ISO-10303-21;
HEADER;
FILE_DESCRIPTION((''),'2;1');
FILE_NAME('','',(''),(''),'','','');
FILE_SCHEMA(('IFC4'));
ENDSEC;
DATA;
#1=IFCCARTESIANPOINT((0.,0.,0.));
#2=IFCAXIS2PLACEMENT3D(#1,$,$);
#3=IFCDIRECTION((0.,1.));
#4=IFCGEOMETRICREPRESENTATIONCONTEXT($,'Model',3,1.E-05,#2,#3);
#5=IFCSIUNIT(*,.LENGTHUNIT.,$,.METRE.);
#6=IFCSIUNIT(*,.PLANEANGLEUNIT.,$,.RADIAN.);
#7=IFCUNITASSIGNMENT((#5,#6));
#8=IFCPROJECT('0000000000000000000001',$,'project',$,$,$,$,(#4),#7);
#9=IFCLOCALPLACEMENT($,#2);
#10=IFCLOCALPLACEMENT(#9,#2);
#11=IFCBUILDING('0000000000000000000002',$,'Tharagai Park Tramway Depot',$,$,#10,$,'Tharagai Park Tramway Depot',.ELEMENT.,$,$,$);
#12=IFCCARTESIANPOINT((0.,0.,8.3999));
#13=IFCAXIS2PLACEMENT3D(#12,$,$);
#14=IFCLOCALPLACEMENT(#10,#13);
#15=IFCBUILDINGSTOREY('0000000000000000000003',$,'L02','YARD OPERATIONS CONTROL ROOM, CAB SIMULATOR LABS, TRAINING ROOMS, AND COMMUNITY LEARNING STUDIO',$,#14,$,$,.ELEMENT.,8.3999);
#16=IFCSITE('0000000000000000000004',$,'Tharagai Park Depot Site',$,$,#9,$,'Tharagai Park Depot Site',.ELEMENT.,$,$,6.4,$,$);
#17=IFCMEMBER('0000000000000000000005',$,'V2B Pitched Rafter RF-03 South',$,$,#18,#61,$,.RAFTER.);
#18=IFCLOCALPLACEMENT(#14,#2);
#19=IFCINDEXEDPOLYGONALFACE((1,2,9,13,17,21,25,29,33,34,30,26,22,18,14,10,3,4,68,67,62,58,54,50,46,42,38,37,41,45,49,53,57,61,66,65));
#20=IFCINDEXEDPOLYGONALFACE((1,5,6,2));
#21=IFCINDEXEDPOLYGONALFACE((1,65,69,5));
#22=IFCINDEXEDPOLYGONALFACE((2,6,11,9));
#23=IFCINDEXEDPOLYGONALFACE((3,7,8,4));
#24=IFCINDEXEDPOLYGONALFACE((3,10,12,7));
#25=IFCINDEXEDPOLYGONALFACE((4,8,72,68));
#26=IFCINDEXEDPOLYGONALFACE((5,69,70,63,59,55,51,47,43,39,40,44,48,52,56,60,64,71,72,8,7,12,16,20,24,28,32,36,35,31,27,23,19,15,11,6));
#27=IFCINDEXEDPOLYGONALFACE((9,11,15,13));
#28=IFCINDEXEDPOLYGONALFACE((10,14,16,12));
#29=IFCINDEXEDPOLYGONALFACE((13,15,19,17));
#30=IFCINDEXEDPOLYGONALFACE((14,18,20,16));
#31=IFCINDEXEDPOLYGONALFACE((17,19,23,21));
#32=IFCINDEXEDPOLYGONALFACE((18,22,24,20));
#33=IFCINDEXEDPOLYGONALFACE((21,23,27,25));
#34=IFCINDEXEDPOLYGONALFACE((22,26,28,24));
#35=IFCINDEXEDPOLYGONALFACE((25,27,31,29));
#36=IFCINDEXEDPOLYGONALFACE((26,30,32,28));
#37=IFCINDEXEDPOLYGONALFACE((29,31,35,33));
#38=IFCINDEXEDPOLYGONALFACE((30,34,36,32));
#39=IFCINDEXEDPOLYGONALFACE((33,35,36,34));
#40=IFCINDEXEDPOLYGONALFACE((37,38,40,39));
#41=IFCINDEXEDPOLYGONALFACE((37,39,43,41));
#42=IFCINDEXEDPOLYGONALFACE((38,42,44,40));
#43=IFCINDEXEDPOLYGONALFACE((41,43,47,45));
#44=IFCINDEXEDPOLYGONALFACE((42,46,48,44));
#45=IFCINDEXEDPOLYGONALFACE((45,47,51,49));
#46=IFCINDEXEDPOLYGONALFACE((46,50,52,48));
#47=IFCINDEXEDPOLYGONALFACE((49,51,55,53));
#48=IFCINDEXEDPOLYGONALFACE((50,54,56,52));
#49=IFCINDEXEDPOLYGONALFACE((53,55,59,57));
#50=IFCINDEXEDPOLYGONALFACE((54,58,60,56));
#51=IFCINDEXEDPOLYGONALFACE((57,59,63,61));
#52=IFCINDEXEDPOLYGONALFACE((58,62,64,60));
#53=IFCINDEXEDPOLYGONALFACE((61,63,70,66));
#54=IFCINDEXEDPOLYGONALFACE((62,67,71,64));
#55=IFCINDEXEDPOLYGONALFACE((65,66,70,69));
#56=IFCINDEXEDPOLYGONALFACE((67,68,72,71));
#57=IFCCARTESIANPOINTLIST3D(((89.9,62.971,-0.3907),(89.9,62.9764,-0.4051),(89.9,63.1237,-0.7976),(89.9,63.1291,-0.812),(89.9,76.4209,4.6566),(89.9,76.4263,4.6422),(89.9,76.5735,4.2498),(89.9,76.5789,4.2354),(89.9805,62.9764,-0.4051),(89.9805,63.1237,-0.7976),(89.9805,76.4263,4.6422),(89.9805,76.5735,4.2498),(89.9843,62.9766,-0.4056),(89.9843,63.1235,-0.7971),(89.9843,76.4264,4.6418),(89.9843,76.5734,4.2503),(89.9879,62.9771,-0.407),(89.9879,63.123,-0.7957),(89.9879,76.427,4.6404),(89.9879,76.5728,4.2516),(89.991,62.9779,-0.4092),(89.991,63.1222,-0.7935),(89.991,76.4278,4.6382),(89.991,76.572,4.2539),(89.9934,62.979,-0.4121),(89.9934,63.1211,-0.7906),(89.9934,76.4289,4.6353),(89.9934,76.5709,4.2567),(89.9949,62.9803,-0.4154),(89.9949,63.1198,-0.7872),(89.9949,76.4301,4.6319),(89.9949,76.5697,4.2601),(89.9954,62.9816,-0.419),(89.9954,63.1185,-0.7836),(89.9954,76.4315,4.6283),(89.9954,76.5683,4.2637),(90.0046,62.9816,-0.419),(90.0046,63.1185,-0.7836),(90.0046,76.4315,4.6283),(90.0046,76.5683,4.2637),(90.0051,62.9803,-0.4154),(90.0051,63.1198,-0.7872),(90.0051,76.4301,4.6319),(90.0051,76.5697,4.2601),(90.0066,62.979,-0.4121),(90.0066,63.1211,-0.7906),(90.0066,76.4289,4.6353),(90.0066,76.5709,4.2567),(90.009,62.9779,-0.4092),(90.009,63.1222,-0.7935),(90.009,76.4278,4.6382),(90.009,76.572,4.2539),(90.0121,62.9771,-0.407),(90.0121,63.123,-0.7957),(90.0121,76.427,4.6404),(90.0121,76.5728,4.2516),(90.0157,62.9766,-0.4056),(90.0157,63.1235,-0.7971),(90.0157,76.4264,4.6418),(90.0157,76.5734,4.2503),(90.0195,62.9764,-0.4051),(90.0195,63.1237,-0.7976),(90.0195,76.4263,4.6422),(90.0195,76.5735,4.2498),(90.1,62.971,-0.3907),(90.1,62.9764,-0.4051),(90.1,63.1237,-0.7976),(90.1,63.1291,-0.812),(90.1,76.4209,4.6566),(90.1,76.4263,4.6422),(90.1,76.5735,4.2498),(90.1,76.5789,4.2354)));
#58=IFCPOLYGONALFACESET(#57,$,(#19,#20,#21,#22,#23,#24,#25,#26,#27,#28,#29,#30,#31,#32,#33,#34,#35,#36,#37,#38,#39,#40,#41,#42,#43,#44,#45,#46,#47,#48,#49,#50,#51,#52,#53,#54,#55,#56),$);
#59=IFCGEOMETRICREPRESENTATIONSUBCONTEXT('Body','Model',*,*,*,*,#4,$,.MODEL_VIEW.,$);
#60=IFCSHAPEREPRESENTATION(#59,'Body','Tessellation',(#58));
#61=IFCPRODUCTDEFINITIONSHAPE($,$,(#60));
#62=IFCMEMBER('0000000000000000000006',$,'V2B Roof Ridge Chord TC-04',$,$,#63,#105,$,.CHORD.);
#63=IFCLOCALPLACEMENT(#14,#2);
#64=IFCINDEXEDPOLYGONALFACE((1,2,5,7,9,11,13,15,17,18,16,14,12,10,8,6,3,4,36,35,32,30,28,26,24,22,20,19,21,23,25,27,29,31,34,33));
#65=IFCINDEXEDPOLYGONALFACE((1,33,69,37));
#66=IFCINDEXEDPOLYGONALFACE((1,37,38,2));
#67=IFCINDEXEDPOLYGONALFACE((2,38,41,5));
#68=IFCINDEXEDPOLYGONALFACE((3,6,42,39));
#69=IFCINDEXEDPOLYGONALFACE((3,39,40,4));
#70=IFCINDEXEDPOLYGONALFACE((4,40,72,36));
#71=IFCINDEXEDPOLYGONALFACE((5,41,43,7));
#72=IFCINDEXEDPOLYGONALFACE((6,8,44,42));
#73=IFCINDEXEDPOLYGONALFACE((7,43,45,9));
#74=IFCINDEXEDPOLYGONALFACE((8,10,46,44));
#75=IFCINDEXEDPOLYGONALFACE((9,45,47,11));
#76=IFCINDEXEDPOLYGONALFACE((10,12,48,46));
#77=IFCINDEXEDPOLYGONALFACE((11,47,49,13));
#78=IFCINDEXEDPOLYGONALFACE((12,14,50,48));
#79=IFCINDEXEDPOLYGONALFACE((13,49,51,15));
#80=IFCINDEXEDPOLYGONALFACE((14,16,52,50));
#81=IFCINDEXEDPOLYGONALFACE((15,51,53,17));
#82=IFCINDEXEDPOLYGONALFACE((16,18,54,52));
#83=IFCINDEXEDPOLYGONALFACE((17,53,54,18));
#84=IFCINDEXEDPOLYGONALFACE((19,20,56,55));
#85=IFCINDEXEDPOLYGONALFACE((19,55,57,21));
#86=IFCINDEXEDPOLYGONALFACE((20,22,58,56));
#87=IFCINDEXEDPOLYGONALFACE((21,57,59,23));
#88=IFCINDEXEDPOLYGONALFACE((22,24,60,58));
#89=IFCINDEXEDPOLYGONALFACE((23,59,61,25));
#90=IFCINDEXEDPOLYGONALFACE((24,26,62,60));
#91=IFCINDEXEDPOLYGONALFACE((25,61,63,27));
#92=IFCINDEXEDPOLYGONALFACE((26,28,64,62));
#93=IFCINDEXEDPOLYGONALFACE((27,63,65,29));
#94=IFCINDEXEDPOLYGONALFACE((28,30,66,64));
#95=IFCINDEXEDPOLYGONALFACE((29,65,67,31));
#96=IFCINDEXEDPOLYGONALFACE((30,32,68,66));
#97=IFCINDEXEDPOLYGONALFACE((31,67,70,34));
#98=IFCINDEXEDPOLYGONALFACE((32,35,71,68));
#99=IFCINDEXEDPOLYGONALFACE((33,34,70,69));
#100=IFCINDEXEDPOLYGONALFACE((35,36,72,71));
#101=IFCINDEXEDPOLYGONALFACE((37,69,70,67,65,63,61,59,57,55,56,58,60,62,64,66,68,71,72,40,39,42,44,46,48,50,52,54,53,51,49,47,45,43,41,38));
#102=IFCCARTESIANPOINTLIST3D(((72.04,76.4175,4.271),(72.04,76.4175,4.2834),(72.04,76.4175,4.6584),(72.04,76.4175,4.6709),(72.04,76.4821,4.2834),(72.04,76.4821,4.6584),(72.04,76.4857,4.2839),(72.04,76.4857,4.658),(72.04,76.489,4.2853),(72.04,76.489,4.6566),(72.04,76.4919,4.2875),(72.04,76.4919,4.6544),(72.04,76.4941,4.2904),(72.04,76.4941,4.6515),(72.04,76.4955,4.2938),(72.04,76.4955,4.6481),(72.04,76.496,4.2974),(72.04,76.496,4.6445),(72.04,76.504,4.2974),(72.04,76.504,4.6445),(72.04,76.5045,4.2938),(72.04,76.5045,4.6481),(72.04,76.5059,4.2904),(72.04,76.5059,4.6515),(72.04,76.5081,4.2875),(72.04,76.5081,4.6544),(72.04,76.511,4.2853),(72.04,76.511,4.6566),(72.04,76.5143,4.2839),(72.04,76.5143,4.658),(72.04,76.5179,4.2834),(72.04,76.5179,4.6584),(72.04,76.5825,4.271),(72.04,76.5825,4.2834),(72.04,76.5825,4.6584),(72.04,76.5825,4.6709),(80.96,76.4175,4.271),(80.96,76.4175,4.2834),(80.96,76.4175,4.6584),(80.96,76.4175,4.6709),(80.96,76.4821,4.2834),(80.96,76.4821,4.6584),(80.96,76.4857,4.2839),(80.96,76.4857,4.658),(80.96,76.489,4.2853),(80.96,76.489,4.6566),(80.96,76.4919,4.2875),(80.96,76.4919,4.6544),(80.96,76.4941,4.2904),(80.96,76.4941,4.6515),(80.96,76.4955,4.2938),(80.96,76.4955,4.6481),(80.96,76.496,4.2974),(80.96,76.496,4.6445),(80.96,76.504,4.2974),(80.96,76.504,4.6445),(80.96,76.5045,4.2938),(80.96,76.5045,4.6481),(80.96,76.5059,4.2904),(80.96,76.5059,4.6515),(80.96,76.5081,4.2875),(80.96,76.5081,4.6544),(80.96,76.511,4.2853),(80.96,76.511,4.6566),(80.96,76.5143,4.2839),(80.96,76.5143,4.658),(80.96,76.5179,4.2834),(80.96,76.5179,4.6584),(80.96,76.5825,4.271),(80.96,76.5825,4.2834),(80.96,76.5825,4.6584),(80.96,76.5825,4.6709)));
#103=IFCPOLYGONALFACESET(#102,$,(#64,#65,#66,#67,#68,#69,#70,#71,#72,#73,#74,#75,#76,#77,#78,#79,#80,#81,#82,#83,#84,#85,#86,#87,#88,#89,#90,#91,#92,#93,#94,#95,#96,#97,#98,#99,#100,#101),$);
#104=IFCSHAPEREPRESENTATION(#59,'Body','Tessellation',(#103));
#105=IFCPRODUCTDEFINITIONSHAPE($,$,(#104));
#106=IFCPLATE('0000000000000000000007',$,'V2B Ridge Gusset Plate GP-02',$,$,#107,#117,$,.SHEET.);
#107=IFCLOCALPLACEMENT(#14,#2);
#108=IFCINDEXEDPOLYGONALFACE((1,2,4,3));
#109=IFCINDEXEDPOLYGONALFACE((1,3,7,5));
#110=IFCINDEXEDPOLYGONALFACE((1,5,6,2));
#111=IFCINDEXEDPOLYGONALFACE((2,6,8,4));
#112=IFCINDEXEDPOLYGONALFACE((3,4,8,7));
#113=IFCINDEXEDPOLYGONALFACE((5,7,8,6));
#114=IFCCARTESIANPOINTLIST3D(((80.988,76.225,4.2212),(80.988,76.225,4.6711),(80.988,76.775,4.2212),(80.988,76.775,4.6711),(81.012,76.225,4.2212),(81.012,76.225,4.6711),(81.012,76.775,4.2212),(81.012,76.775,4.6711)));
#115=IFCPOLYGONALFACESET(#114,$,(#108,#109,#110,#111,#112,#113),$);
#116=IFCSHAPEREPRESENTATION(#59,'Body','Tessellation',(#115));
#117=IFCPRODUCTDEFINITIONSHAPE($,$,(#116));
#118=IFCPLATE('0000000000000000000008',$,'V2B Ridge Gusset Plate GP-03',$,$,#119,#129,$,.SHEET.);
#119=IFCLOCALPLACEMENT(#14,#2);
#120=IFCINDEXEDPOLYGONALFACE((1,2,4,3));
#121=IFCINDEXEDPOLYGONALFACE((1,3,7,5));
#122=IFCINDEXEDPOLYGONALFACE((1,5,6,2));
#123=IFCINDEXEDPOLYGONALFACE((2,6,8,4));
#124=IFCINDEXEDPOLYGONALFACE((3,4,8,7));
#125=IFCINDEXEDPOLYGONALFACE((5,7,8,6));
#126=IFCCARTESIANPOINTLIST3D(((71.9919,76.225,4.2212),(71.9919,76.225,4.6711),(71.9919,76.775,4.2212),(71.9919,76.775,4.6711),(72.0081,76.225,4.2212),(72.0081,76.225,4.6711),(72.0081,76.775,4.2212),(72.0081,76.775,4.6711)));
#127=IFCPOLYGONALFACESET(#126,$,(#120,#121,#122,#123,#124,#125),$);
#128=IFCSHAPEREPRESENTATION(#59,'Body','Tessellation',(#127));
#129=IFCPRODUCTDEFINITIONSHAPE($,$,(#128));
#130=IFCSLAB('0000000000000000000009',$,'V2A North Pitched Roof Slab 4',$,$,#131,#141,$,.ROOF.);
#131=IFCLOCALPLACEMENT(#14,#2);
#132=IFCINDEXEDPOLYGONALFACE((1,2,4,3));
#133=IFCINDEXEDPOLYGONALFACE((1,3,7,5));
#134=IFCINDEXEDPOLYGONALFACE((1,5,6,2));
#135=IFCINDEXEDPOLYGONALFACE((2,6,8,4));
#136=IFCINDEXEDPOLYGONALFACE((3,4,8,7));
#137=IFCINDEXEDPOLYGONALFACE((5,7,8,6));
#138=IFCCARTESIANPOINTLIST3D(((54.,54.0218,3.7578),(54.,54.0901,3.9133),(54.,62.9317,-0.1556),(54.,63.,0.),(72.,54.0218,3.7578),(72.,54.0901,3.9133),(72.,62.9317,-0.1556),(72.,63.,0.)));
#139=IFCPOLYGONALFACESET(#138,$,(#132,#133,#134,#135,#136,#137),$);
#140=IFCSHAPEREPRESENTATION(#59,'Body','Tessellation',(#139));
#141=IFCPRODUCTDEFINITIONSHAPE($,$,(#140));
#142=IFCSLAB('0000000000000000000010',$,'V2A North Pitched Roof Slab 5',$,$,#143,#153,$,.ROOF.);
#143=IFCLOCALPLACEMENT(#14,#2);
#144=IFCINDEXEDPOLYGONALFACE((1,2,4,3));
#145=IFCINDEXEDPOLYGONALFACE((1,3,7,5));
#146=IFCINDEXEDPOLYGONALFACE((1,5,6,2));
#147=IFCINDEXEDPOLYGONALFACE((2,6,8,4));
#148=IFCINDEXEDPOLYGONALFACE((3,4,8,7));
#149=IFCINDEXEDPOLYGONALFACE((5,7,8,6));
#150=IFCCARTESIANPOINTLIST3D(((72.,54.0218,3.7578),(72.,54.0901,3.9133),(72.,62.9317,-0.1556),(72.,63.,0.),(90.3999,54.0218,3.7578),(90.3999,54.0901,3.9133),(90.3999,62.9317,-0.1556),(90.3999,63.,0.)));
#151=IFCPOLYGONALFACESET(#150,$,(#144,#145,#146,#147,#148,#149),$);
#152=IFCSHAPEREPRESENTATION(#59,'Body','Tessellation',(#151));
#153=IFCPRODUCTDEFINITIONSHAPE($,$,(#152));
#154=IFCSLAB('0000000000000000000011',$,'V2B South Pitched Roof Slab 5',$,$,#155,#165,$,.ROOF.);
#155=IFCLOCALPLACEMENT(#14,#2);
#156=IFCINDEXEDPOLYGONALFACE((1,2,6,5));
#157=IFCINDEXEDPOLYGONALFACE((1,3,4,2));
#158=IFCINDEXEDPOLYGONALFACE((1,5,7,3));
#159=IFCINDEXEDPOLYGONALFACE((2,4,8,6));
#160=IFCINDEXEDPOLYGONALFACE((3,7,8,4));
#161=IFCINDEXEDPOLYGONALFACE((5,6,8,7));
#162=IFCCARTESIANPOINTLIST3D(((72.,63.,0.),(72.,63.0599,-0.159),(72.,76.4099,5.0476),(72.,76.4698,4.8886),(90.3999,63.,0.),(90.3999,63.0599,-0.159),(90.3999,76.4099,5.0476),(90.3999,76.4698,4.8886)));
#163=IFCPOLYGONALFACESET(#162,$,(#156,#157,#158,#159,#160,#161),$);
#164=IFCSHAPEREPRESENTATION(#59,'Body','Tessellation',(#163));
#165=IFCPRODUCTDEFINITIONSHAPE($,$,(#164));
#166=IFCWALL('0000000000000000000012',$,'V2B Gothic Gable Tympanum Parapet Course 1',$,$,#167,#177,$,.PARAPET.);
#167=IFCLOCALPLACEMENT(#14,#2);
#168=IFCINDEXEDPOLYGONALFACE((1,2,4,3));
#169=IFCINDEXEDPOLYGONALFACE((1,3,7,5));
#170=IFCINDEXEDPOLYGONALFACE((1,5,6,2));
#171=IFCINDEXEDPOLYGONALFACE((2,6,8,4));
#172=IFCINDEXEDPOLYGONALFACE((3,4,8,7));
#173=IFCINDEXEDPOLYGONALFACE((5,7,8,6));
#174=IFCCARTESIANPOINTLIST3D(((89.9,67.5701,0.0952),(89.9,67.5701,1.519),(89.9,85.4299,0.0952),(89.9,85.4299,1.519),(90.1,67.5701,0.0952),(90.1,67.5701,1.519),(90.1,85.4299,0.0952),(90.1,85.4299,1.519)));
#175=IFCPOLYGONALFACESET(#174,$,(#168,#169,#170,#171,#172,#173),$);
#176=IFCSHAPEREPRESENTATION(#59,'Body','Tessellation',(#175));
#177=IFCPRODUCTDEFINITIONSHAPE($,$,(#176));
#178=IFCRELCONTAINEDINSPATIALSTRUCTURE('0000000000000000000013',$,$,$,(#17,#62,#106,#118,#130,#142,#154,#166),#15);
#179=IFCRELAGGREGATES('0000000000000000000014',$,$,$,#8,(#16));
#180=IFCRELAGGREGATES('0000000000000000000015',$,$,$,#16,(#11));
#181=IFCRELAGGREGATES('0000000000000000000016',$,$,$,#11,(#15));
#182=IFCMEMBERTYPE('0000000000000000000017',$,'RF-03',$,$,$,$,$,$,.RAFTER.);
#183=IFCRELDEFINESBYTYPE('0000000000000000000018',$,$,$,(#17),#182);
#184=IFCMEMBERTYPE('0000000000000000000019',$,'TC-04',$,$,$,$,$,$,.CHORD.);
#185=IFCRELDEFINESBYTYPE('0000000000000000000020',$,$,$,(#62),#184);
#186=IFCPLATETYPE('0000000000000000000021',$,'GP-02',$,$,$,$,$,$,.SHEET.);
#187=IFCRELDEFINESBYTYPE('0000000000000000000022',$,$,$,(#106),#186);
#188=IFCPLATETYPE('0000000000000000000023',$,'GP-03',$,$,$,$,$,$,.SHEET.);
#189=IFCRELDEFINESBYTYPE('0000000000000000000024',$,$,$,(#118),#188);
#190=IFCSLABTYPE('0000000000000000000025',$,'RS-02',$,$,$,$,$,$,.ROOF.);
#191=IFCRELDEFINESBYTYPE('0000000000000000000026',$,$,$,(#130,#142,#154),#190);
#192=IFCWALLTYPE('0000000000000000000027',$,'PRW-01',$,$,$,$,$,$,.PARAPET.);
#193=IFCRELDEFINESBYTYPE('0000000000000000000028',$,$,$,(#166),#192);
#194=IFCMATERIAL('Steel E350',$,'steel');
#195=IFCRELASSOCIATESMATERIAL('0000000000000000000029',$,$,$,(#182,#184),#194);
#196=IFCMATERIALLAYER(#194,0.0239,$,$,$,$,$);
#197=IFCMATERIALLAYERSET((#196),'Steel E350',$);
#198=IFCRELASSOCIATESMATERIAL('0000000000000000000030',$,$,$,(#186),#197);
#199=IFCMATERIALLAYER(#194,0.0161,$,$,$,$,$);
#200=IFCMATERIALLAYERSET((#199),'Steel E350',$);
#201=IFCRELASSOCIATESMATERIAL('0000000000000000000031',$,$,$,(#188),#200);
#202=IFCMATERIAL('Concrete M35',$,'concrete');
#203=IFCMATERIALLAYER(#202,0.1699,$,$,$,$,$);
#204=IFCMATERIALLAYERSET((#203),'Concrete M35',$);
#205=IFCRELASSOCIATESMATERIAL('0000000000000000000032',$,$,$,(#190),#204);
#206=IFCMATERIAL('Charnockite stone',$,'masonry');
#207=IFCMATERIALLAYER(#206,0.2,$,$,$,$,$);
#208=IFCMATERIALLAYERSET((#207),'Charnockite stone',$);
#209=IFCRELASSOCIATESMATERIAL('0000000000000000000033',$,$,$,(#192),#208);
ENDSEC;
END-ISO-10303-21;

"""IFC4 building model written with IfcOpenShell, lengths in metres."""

from ifc_helpers import new_model, si_unit, direction, frame, frame_2d, origin, origin_2d, place, context, subcontext, project, spatial, polyline, rectangle, i_section, outline, extrude, material, layer, layer_set, material_profile, profile_set, type_object, element, save


model = new_model("IFC4")

# Units and contexts
model_context = context("Model", 3, precision=1e-05, world=origin(), true_north=direction((0.0, 1.0)))
body_context = subcontext(model_context, "Body", "Model", "MODEL_VIEW")
ifc_project = project(units=[si_unit("LENGTHUNIT", "METRE"), si_unit("PLANEANGLEUNIT", "RADIAN")], contexts=[model_context])

# Site, building, storey
site_placement = place(None, origin())
site = spatial("IfcSite", under=ifc_project, at=site_placement, Name="Tharagai Park Depot Site", LongName="Tharagai Park Depot Site", CompositionType="ELEMENT", RefElevation=6.4)
building_placement = place(site_placement, origin())
building = spatial("IfcBuilding", under=site, at=building_placement, Name="Tharagai Park Tramway Depot", LongName="Tharagai Park Tramway Depot", CompositionType="ELEMENT")
storey_placement = place(building_placement, frame((0.0, 0.0, 8.3999)))
storey = spatial("IfcBuildingStorey", under=building, at=storey_placement, Name="L02", Description="YARD OPERATIONS CONTROL ROOM, CAB SIMULATOR LABS, TRAINING ROOMS, AND COMMUNITY LEARNING STUDIO", CompositionType="ELEMENT", Elevation=8.3999)

# Shared definitions
ifc_material_1 = material(Name="Steel E350", Category="steel")

# Members
ifc_material_profile_1 = material_profile(ifc_material_1, i_section(OverallWidth=0.2, OverallDepth=0.45, WebThickness=0.0093, FlangeThickness=0.0154, FilletRadius=0.0149, at=origin_2d()), Name="ISWB 450")
ifc_profile_set_1 = profile_set([ifc_material_profile_1], Name="Steel E350")
member_type_1 = type_object("IfcMemberType", Name="RF-03", PredefinedType="RAFTER", material=ifc_profile_set_1)
for number, where, z_axis, x_axis, name in (
    (1, (90.0, 63.05, -0.6013), (0.0, 0.936246, 0.351345), (-1.0, 0.0, 0.0), "V2B Pitched Rafter RF-03 South"),
):
    element("IfcMember", number, at=place(storey_placement, frame(where, z_axis=z_axis, x_axis=x_axis)), inside=storey, type_object=member_type_1, Name=name, PredefinedType="RAFTER", context=body_context, shape_type="SweptSolid", body=[
        extrude(i_section(OverallWidth=0.2, OverallDepth=0.45, WebThickness=0.0093, FlangeThickness=0.0154, FilletRadius=0.0149, at=origin_2d()), origin(), (0.0, 0.0, 1.0), 14.3657),
    ])
ifc_material_profile_2 = material_profile(ifc_material_1, i_section(OverallWidth=0.165, OverallDepth=0.3999, WebThickness=0.0081, FlangeThickness=0.0125, FilletRadius=0.0139, at=origin_2d()), Name="ISLB 400")
ifc_profile_set_2 = profile_set([ifc_material_profile_2], Name="Steel E350")
member_type_2 = type_object("IfcMemberType", Name="TC-04", PredefinedType="CHORD", material=ifc_profile_set_2)
member_1_placement = place(storey_placement, frame((72.04, 76.5, 4.4709), z_axis=(1.0, 0.0, 0.0), x_axis=(0.0, 1.0, 0.0)))
element("IfcMember", 2, at=member_1_placement, inside=storey, type_object=member_type_2, Name="V2B Roof Ridge Chord TC-04", PredefinedType="CHORD", context=body_context, shape_type="SweptSolid", body=[
    extrude(i_section(OverallWidth=0.165, OverallDepth=0.3999, WebThickness=0.0081, FlangeThickness=0.0125, FilletRadius=0.0139, at=origin_2d()), origin(), (0.0, 0.0, 1.0), 8.9199),
])

# Plates
ifc_layer_1 = layer(ifc_material_1, 0.0239)
ifc_layer_set_1 = layer_set([ifc_layer_1], Name="Steel E350")
plate_type_1 = type_object("IfcPlateType", Name="GP-02", PredefinedType="SHEET", material=ifc_layer_set_1)
plate_1_placement = place(storey_placement, frame((81.0, 76.5, 4.2212), z_axis=(0.0, 0.0, 1.0), x_axis=(1.0, 0.0, 0.0)))
element("IfcPlate", 3, at=plate_1_placement, inside=storey, type_object=plate_type_1, Name="V2B Ridge Gusset Plate GP-02", PredefinedType="SHEET", context=body_context, shape_type="SweptSolid", body=[
    extrude(rectangle(XDim=0.0239, YDim=0.55, at=origin_2d()), origin(), (0.0, 0.0, 1.0), 0.45),
])
ifc_layer_2 = layer(ifc_material_1, 0.0161)
ifc_layer_set_2 = layer_set([ifc_layer_2], Name="Steel E350")
plate_type_2 = type_object("IfcPlateType", Name="GP-03", PredefinedType="SHEET", material=ifc_layer_set_2)
plate_2_placement = place(storey_placement, frame((72.0, 76.5, 4.2212), z_axis=(0.0, 0.0, 1.0), x_axis=(1.0, 0.0, 0.0)))
element("IfcPlate", 4, at=plate_2_placement, inside=storey, type_object=plate_type_2, Name="V2B Ridge Gusset Plate GP-03", PredefinedType="SHEET", context=body_context, shape_type="SweptSolid", body=[
    extrude(rectangle(XDim=0.0161, YDim=0.55, at=origin_2d()), origin(), (0.0, 0.0, 1.0), 0.45),
])

# Slabs
ifc_material_2 = material(Name="Concrete M35", Category="concrete")
ifc_layer_3 = layer(ifc_material_2, 0.1699)
ifc_layer_set_3 = layer_set([ifc_layer_3], Name="Concrete M35")
slab_type = type_object("IfcSlabType", Name="RS-02", PredefinedType="ROOF", material=ifc_layer_set_3)
slab_1_placement = place(storey_placement, frame((72.0, 63.0, 0.0), z_axis=(0.0, 0.402133, 0.915581), x_axis=(-1.0, 0.0, 0.0)))
element("IfcSlab", 5, at=slab_1_placement, inside=storey, type_object=slab_type, Name="V2A North Pitched Roof Slab 4", PredefinedType="ROOF", context=body_context, shape_type="SweptSolid", body=[
    extrude(outline(polyline([(0.0, 0.0), (18.0, 0.0), (18.0, 9.7314), (0.0, 9.7314), (0.0, 0.0)])), origin(), (0.0, 0.0, -1.0), 0.1699),
])
slab_2_placement = place(storey_placement, frame((90.3999, 63.0, 0.0), z_axis=(0.0, 0.402133, 0.915581), x_axis=(-1.0, 0.0, 0.0)))
element("IfcSlab", 6, at=slab_2_placement, inside=storey, type_object=slab_type, Name="V2A North Pitched Roof Slab 5", PredefinedType="ROOF", context=body_context, shape_type="SweptSolid", body=[
    extrude(outline(polyline([(0.0, 0.0), (18.3999, 0.0), (18.3999, 9.7314), (0.0, 9.7314), (0.0, 0.0)])), origin(), (0.0, 0.0, -1.0), 0.1699),
])
slab_3_placement = place(storey_placement, frame((72.0, 63.0, 0.0), z_axis=(0.0, -0.352279, 0.935895), x_axis=(1.0, 0.0, 0.0)))
element("IfcSlab", 7, at=slab_3_placement, inside=storey, type_object=slab_type, Name="V2B South Pitched Roof Slab 5", PredefinedType="ROOF", context=body_context, shape_type="SweptSolid", body=[
    extrude(outline(polyline([(0.0, 0.0), (18.3999, 0.0), (18.3999, 14.3284), (0.0, 14.3284), (0.0, 0.0)])), origin(), (0.0, 0.0, -1.0), 0.1699),
])

# Wall
ifc_material_3 = material(Name="Charnockite stone", Category="masonry")
ifc_layer_4 = layer(ifc_material_3, 0.2)
ifc_layer_set_4 = layer_set([ifc_layer_4], Name="Charnockite stone")
wall_type = type_object("IfcWallType", Name="PRW-01", PredefinedType="PARAPET", material=ifc_layer_set_4)
wall_1_placement = place(storey_placement, frame((90.0, 67.5701, 0.0952), z_axis=(0.0, 0.0, 1.0), x_axis=(0.0, 1.0, 0.0)))
element("IfcWall", 8, at=wall_1_placement, inside=storey, type_object=wall_type, Name="V2B Gothic Gable Tympanum Parapet Course 1", PredefinedType="PARAPET", context=body_context, shape_type="SweptSolid", body=[
    extrude(rectangle(XDim=17.8599, YDim=0.2, at=frame_2d((8.9299, 0.0))), origin(), (0.0, 0.0, 1.0), 1.4238),
])

save(model, "model.ifc")
